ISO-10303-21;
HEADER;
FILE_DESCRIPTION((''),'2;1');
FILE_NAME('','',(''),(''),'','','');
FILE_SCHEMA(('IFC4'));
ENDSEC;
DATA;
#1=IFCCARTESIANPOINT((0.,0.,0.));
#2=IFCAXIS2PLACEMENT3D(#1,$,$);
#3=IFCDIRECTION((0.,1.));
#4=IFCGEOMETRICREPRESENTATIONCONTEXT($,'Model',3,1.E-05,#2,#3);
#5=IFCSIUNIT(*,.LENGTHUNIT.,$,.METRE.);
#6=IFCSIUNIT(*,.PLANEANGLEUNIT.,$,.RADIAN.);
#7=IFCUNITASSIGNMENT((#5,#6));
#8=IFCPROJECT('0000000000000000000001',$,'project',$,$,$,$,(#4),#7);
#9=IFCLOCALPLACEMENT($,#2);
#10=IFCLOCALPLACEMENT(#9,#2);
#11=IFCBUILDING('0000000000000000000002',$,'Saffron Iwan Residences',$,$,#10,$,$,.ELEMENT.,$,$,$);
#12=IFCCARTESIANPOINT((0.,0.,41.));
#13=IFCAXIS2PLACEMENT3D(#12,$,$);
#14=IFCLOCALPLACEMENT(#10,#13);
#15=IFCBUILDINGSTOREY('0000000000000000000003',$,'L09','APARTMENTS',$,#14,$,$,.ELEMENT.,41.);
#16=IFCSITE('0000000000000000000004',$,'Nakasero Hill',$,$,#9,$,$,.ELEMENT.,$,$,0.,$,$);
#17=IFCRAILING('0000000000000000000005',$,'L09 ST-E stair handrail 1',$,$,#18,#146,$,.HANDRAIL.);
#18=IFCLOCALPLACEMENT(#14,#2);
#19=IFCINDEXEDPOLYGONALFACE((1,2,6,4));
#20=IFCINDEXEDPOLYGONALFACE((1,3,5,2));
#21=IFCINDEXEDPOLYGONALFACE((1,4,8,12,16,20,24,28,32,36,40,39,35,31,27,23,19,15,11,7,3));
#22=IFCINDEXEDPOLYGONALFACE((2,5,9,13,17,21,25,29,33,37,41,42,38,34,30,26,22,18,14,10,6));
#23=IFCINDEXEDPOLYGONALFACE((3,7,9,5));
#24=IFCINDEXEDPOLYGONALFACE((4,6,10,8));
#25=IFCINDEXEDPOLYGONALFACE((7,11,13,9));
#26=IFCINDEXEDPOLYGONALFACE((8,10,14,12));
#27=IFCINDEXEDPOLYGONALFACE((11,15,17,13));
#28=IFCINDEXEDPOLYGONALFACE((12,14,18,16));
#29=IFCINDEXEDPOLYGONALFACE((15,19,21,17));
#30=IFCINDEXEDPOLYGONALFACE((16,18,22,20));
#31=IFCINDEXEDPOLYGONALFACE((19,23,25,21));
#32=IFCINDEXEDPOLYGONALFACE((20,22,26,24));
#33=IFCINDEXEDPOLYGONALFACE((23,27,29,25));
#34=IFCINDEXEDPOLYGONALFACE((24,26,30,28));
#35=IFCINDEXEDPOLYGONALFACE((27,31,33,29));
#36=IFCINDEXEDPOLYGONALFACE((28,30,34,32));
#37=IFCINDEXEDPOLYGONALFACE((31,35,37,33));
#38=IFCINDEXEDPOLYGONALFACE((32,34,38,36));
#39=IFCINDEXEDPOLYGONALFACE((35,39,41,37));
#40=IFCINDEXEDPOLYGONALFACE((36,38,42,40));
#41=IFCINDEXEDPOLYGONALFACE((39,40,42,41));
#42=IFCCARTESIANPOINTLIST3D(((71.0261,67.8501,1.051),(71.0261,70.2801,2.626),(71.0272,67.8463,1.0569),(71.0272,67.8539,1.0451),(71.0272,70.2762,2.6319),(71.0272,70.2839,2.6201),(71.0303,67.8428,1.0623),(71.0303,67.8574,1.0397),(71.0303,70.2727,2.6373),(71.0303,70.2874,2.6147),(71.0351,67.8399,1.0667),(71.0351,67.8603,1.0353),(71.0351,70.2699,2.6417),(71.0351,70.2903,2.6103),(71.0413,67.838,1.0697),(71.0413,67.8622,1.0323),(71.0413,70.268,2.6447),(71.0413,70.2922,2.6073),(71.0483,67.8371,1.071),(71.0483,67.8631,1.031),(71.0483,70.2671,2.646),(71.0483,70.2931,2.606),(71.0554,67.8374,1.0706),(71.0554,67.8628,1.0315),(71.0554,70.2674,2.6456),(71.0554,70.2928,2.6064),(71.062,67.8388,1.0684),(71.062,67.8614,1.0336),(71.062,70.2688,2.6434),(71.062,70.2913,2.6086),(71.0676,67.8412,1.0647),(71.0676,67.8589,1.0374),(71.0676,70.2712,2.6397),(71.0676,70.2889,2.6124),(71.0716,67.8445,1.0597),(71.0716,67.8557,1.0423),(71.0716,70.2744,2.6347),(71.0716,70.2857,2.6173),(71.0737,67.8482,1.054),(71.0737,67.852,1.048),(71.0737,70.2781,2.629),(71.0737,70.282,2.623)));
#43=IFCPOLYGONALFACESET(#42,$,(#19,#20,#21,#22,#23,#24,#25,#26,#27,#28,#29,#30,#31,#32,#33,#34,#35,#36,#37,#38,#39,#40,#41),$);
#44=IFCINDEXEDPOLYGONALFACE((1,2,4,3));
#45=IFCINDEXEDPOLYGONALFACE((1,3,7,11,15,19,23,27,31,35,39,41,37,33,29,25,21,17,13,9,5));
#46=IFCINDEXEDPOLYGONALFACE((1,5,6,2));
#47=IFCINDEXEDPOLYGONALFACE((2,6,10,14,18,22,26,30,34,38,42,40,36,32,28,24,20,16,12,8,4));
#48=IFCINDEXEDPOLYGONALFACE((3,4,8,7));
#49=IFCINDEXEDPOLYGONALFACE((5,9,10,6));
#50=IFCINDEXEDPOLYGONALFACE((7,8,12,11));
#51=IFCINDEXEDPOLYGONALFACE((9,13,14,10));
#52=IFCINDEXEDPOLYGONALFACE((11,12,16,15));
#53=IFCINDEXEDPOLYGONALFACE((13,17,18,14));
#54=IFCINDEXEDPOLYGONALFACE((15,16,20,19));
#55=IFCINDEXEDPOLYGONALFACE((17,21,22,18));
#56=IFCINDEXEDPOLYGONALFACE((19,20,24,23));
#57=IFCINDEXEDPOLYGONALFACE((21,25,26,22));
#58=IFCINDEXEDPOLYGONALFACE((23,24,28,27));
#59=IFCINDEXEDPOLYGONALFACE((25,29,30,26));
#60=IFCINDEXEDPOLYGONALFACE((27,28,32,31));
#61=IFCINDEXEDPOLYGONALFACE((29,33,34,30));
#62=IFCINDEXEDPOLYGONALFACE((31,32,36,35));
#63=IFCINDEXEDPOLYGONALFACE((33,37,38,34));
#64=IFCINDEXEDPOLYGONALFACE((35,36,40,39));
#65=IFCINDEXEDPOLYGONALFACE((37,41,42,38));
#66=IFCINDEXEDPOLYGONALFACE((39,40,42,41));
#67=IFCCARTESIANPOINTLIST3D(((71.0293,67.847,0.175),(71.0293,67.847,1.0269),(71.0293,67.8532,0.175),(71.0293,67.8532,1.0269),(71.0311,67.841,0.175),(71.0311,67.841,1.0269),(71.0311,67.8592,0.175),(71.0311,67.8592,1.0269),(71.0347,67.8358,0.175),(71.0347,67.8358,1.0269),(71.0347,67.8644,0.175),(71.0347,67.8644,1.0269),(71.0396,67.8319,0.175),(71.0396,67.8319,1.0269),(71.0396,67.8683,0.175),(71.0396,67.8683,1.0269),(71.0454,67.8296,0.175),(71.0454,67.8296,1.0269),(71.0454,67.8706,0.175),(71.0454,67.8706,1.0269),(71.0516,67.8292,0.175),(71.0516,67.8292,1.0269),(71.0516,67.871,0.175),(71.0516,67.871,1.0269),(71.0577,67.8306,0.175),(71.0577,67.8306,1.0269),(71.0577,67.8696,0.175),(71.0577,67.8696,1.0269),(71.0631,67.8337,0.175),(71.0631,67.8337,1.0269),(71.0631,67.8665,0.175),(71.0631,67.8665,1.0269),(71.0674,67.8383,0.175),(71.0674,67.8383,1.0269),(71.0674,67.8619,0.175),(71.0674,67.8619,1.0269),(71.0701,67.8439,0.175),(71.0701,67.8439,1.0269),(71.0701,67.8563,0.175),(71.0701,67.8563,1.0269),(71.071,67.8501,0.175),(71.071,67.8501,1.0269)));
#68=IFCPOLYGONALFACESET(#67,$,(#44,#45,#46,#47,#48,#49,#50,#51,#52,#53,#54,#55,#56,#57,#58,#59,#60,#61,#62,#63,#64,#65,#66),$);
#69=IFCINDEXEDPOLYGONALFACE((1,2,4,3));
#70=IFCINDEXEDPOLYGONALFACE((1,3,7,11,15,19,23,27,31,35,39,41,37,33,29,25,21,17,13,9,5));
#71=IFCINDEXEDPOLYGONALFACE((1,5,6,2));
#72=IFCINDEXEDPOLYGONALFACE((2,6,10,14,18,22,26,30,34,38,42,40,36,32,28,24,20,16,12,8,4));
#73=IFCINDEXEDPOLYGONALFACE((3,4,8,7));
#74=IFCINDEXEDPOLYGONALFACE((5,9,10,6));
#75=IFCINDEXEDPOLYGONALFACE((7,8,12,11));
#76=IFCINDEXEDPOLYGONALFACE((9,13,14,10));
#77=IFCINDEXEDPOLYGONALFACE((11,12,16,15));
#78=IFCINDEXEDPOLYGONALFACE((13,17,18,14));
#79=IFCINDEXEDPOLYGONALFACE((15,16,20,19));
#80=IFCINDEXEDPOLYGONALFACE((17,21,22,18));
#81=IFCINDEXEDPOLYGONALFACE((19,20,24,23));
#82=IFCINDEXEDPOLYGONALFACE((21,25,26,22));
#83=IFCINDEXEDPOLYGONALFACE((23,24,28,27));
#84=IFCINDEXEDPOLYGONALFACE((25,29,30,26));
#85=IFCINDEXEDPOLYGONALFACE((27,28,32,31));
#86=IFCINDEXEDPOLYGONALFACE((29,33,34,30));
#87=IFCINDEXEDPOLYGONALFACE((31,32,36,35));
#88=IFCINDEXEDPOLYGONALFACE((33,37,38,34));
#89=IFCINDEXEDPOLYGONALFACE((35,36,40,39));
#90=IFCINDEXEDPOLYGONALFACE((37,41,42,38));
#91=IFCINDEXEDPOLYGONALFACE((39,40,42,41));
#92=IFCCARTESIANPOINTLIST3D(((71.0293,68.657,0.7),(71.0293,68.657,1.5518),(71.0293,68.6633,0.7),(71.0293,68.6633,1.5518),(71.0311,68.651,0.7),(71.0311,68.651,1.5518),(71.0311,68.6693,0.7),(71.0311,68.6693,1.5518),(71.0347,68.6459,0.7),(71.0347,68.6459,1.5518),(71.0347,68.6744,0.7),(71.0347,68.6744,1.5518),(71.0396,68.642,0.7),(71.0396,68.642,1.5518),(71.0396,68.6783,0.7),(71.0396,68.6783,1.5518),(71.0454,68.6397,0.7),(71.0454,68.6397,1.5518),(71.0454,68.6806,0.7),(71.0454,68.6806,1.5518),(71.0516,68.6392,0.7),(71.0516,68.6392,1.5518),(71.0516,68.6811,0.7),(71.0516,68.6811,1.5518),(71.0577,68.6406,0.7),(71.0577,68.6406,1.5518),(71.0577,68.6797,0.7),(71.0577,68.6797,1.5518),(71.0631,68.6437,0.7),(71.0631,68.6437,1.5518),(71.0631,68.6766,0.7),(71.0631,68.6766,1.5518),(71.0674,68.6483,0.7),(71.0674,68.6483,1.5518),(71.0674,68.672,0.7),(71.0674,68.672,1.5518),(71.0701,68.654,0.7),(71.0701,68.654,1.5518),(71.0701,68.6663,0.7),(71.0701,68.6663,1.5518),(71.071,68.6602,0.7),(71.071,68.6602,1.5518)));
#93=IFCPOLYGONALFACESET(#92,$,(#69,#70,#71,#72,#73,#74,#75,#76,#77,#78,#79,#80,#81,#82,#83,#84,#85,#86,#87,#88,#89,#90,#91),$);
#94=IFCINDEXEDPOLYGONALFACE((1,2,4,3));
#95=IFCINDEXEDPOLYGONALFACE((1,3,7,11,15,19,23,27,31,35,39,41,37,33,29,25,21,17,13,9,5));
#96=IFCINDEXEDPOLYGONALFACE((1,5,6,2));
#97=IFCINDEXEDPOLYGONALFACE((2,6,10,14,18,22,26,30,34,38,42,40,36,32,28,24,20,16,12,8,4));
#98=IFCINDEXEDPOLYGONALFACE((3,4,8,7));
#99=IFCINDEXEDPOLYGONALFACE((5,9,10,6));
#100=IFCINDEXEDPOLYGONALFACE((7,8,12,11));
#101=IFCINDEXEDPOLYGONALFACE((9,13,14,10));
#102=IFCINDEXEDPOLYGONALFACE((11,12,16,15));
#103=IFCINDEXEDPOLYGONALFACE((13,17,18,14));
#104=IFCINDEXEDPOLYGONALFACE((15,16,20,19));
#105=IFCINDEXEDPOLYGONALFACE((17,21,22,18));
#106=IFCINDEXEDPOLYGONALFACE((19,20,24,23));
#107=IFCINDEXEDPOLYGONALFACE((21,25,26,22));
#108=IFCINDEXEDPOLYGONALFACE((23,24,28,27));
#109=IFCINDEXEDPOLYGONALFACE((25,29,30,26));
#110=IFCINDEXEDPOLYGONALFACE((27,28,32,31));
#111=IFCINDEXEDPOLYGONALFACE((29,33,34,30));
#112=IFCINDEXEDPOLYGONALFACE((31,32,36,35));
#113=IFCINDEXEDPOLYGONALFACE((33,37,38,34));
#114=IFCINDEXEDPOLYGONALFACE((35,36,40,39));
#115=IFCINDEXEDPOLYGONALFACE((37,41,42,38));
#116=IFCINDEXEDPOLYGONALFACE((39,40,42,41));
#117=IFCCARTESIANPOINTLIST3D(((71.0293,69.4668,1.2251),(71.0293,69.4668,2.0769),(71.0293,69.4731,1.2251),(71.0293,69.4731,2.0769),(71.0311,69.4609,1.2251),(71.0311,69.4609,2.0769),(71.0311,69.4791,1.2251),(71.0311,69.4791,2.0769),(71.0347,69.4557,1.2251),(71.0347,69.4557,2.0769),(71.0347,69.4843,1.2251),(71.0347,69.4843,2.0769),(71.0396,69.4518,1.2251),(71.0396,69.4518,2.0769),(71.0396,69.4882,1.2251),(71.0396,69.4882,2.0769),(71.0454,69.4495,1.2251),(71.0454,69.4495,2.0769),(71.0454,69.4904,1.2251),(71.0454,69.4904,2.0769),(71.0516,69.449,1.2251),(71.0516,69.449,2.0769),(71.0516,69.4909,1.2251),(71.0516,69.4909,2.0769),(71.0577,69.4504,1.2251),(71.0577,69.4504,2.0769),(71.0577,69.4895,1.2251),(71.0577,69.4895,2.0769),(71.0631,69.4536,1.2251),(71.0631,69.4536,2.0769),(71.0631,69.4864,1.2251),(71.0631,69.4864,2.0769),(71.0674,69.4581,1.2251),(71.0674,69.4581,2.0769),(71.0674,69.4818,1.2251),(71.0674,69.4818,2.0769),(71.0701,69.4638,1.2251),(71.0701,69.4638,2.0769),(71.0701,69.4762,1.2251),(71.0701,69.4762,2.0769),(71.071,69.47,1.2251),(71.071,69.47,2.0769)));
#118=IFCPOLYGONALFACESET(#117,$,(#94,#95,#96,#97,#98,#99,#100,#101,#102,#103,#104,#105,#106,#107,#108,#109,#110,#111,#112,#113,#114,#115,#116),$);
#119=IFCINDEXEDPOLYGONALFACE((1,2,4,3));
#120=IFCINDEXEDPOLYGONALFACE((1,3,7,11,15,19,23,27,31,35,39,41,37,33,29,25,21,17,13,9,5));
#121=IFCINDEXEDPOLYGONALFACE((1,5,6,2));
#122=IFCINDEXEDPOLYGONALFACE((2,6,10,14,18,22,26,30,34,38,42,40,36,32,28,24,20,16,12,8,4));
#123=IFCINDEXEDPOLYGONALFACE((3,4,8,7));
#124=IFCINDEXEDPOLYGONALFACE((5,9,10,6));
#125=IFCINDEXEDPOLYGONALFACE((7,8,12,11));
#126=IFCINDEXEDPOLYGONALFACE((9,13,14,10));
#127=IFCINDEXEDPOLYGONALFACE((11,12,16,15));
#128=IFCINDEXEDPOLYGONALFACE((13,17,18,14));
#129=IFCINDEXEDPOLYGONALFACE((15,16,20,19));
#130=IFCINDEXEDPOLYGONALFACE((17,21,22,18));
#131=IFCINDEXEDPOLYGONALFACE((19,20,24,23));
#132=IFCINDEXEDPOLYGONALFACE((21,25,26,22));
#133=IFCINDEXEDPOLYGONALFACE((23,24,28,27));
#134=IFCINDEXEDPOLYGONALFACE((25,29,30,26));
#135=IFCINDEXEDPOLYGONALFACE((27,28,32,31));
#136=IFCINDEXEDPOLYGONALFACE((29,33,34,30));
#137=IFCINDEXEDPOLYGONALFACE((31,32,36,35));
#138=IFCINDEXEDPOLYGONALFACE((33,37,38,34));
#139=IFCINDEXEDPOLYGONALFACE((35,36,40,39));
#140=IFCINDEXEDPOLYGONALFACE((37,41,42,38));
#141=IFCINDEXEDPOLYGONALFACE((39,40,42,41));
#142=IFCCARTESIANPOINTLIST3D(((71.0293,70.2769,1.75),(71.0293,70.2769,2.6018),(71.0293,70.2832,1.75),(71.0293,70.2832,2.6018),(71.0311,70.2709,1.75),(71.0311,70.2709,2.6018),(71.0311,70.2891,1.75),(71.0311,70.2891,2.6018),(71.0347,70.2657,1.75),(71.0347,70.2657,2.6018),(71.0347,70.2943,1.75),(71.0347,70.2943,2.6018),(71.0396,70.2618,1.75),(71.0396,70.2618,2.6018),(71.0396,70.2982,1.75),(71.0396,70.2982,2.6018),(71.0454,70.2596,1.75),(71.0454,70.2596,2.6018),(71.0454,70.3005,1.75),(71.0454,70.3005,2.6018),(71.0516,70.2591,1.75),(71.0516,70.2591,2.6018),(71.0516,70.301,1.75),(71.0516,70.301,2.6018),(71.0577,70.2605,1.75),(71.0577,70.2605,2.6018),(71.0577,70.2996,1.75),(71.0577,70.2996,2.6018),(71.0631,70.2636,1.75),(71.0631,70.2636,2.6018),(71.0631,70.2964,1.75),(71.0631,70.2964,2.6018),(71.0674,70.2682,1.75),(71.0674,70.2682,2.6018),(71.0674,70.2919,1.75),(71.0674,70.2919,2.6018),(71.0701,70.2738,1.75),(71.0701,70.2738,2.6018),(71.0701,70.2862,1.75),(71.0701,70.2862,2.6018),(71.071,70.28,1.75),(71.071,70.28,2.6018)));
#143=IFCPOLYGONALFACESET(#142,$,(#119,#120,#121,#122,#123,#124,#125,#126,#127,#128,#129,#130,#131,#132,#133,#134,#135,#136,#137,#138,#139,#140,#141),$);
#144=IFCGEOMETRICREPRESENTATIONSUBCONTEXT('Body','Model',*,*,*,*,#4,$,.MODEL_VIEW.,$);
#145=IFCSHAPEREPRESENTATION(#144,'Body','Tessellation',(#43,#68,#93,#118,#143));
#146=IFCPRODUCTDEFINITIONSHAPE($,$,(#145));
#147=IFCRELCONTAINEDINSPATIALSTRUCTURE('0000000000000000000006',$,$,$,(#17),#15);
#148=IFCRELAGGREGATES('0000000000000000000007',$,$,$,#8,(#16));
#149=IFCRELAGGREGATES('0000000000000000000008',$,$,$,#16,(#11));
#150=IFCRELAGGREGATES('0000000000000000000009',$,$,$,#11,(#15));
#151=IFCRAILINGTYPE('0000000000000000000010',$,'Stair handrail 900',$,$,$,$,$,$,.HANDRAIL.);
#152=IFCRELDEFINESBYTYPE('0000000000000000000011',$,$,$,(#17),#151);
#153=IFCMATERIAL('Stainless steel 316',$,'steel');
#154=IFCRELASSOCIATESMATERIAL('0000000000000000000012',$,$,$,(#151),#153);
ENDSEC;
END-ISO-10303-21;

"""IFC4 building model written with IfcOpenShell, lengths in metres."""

from ifc_helpers import new_model, si_unit, direction, frame, origin, origin_2d, place, context, subcontext, project, spatial, circle, extrude, material, type_object, element, save


model = new_model("IFC4")

# Units and contexts
model_context = context("Model", 3, precision=1e-05, world=origin(), true_north=direction((0.0, 1.0)))
body_context = subcontext(model_context, "Body", "Model", "MODEL_VIEW")
ifc_project = project(units=[si_unit("LENGTHUNIT", "METRE"), si_unit("PLANEANGLEUNIT", "RADIAN")], contexts=[model_context])

# Site, building, storey
site_placement = place(None, origin())
site = spatial("IfcSite", under=ifc_project, at=site_placement, Name="Nakasero Hill", CompositionType="ELEMENT", RefElevation=0.0)
building_placement = place(site_placement, origin())
building = spatial("IfcBuilding", under=site, at=building_placement, Name="Saffron Iwan Residences", CompositionType="ELEMENT")
storey_placement = place(building_placement, frame((0.0, 0.0, 41.0)))
storey = spatial("IfcBuildingStorey", under=building, at=storey_placement, Name="L09", Description="APARTMENTS", CompositionType="ELEMENT", Elevation=41.0)

# Railing
ifc_material_1 = material(Name="Stainless steel 316", Category="steel")
railing_type_1 = type_object("IfcRailingType", Name="Stair handrail 900", PredefinedType="HANDRAIL", material=ifc_material_1)
railing_1_placement = place(storey_placement, frame((71.05, 67.8501, 0.175)))
element("IfcRailing", 1, at=railing_1_placement, inside=storey, type_object=railing_type_1, Name="L09 ST-E stair handrail 1", PredefinedType="HANDRAIL", context=body_context, shape_type="SweptSolid", body=[
    extrude(circle(Radius=0.0239, at=origin_2d()), frame((0.0, 0.0, 0.876), z_axis=(0.0, 0.839154, 0.543894), x_axis=(-1.0, 0.0, 0.0)), (0.0, 0.0, 1.0), 2.8958),
    extrude(circle(Radius=0.021, at=origin_2d()), origin(), (0.0, 0.0, 1.0), 0.8518),
    extrude(circle(Radius=0.021, at=origin_2d()), frame((0.0, 0.8101, 0.5249)), (0.0, 0.0, 1.0), 0.8518),
    extrude(circle(Radius=0.021, at=origin_2d()), frame((0.0, 1.6199, 1.05)), (0.0, 0.0, 1.0), 0.8518),
    extrude(circle(Radius=0.021, at=origin_2d()), frame((0.0, 2.4299, 1.575)), (0.0, 0.0, 1.0), 0.8518),
])

save(model, "model.ifc")
